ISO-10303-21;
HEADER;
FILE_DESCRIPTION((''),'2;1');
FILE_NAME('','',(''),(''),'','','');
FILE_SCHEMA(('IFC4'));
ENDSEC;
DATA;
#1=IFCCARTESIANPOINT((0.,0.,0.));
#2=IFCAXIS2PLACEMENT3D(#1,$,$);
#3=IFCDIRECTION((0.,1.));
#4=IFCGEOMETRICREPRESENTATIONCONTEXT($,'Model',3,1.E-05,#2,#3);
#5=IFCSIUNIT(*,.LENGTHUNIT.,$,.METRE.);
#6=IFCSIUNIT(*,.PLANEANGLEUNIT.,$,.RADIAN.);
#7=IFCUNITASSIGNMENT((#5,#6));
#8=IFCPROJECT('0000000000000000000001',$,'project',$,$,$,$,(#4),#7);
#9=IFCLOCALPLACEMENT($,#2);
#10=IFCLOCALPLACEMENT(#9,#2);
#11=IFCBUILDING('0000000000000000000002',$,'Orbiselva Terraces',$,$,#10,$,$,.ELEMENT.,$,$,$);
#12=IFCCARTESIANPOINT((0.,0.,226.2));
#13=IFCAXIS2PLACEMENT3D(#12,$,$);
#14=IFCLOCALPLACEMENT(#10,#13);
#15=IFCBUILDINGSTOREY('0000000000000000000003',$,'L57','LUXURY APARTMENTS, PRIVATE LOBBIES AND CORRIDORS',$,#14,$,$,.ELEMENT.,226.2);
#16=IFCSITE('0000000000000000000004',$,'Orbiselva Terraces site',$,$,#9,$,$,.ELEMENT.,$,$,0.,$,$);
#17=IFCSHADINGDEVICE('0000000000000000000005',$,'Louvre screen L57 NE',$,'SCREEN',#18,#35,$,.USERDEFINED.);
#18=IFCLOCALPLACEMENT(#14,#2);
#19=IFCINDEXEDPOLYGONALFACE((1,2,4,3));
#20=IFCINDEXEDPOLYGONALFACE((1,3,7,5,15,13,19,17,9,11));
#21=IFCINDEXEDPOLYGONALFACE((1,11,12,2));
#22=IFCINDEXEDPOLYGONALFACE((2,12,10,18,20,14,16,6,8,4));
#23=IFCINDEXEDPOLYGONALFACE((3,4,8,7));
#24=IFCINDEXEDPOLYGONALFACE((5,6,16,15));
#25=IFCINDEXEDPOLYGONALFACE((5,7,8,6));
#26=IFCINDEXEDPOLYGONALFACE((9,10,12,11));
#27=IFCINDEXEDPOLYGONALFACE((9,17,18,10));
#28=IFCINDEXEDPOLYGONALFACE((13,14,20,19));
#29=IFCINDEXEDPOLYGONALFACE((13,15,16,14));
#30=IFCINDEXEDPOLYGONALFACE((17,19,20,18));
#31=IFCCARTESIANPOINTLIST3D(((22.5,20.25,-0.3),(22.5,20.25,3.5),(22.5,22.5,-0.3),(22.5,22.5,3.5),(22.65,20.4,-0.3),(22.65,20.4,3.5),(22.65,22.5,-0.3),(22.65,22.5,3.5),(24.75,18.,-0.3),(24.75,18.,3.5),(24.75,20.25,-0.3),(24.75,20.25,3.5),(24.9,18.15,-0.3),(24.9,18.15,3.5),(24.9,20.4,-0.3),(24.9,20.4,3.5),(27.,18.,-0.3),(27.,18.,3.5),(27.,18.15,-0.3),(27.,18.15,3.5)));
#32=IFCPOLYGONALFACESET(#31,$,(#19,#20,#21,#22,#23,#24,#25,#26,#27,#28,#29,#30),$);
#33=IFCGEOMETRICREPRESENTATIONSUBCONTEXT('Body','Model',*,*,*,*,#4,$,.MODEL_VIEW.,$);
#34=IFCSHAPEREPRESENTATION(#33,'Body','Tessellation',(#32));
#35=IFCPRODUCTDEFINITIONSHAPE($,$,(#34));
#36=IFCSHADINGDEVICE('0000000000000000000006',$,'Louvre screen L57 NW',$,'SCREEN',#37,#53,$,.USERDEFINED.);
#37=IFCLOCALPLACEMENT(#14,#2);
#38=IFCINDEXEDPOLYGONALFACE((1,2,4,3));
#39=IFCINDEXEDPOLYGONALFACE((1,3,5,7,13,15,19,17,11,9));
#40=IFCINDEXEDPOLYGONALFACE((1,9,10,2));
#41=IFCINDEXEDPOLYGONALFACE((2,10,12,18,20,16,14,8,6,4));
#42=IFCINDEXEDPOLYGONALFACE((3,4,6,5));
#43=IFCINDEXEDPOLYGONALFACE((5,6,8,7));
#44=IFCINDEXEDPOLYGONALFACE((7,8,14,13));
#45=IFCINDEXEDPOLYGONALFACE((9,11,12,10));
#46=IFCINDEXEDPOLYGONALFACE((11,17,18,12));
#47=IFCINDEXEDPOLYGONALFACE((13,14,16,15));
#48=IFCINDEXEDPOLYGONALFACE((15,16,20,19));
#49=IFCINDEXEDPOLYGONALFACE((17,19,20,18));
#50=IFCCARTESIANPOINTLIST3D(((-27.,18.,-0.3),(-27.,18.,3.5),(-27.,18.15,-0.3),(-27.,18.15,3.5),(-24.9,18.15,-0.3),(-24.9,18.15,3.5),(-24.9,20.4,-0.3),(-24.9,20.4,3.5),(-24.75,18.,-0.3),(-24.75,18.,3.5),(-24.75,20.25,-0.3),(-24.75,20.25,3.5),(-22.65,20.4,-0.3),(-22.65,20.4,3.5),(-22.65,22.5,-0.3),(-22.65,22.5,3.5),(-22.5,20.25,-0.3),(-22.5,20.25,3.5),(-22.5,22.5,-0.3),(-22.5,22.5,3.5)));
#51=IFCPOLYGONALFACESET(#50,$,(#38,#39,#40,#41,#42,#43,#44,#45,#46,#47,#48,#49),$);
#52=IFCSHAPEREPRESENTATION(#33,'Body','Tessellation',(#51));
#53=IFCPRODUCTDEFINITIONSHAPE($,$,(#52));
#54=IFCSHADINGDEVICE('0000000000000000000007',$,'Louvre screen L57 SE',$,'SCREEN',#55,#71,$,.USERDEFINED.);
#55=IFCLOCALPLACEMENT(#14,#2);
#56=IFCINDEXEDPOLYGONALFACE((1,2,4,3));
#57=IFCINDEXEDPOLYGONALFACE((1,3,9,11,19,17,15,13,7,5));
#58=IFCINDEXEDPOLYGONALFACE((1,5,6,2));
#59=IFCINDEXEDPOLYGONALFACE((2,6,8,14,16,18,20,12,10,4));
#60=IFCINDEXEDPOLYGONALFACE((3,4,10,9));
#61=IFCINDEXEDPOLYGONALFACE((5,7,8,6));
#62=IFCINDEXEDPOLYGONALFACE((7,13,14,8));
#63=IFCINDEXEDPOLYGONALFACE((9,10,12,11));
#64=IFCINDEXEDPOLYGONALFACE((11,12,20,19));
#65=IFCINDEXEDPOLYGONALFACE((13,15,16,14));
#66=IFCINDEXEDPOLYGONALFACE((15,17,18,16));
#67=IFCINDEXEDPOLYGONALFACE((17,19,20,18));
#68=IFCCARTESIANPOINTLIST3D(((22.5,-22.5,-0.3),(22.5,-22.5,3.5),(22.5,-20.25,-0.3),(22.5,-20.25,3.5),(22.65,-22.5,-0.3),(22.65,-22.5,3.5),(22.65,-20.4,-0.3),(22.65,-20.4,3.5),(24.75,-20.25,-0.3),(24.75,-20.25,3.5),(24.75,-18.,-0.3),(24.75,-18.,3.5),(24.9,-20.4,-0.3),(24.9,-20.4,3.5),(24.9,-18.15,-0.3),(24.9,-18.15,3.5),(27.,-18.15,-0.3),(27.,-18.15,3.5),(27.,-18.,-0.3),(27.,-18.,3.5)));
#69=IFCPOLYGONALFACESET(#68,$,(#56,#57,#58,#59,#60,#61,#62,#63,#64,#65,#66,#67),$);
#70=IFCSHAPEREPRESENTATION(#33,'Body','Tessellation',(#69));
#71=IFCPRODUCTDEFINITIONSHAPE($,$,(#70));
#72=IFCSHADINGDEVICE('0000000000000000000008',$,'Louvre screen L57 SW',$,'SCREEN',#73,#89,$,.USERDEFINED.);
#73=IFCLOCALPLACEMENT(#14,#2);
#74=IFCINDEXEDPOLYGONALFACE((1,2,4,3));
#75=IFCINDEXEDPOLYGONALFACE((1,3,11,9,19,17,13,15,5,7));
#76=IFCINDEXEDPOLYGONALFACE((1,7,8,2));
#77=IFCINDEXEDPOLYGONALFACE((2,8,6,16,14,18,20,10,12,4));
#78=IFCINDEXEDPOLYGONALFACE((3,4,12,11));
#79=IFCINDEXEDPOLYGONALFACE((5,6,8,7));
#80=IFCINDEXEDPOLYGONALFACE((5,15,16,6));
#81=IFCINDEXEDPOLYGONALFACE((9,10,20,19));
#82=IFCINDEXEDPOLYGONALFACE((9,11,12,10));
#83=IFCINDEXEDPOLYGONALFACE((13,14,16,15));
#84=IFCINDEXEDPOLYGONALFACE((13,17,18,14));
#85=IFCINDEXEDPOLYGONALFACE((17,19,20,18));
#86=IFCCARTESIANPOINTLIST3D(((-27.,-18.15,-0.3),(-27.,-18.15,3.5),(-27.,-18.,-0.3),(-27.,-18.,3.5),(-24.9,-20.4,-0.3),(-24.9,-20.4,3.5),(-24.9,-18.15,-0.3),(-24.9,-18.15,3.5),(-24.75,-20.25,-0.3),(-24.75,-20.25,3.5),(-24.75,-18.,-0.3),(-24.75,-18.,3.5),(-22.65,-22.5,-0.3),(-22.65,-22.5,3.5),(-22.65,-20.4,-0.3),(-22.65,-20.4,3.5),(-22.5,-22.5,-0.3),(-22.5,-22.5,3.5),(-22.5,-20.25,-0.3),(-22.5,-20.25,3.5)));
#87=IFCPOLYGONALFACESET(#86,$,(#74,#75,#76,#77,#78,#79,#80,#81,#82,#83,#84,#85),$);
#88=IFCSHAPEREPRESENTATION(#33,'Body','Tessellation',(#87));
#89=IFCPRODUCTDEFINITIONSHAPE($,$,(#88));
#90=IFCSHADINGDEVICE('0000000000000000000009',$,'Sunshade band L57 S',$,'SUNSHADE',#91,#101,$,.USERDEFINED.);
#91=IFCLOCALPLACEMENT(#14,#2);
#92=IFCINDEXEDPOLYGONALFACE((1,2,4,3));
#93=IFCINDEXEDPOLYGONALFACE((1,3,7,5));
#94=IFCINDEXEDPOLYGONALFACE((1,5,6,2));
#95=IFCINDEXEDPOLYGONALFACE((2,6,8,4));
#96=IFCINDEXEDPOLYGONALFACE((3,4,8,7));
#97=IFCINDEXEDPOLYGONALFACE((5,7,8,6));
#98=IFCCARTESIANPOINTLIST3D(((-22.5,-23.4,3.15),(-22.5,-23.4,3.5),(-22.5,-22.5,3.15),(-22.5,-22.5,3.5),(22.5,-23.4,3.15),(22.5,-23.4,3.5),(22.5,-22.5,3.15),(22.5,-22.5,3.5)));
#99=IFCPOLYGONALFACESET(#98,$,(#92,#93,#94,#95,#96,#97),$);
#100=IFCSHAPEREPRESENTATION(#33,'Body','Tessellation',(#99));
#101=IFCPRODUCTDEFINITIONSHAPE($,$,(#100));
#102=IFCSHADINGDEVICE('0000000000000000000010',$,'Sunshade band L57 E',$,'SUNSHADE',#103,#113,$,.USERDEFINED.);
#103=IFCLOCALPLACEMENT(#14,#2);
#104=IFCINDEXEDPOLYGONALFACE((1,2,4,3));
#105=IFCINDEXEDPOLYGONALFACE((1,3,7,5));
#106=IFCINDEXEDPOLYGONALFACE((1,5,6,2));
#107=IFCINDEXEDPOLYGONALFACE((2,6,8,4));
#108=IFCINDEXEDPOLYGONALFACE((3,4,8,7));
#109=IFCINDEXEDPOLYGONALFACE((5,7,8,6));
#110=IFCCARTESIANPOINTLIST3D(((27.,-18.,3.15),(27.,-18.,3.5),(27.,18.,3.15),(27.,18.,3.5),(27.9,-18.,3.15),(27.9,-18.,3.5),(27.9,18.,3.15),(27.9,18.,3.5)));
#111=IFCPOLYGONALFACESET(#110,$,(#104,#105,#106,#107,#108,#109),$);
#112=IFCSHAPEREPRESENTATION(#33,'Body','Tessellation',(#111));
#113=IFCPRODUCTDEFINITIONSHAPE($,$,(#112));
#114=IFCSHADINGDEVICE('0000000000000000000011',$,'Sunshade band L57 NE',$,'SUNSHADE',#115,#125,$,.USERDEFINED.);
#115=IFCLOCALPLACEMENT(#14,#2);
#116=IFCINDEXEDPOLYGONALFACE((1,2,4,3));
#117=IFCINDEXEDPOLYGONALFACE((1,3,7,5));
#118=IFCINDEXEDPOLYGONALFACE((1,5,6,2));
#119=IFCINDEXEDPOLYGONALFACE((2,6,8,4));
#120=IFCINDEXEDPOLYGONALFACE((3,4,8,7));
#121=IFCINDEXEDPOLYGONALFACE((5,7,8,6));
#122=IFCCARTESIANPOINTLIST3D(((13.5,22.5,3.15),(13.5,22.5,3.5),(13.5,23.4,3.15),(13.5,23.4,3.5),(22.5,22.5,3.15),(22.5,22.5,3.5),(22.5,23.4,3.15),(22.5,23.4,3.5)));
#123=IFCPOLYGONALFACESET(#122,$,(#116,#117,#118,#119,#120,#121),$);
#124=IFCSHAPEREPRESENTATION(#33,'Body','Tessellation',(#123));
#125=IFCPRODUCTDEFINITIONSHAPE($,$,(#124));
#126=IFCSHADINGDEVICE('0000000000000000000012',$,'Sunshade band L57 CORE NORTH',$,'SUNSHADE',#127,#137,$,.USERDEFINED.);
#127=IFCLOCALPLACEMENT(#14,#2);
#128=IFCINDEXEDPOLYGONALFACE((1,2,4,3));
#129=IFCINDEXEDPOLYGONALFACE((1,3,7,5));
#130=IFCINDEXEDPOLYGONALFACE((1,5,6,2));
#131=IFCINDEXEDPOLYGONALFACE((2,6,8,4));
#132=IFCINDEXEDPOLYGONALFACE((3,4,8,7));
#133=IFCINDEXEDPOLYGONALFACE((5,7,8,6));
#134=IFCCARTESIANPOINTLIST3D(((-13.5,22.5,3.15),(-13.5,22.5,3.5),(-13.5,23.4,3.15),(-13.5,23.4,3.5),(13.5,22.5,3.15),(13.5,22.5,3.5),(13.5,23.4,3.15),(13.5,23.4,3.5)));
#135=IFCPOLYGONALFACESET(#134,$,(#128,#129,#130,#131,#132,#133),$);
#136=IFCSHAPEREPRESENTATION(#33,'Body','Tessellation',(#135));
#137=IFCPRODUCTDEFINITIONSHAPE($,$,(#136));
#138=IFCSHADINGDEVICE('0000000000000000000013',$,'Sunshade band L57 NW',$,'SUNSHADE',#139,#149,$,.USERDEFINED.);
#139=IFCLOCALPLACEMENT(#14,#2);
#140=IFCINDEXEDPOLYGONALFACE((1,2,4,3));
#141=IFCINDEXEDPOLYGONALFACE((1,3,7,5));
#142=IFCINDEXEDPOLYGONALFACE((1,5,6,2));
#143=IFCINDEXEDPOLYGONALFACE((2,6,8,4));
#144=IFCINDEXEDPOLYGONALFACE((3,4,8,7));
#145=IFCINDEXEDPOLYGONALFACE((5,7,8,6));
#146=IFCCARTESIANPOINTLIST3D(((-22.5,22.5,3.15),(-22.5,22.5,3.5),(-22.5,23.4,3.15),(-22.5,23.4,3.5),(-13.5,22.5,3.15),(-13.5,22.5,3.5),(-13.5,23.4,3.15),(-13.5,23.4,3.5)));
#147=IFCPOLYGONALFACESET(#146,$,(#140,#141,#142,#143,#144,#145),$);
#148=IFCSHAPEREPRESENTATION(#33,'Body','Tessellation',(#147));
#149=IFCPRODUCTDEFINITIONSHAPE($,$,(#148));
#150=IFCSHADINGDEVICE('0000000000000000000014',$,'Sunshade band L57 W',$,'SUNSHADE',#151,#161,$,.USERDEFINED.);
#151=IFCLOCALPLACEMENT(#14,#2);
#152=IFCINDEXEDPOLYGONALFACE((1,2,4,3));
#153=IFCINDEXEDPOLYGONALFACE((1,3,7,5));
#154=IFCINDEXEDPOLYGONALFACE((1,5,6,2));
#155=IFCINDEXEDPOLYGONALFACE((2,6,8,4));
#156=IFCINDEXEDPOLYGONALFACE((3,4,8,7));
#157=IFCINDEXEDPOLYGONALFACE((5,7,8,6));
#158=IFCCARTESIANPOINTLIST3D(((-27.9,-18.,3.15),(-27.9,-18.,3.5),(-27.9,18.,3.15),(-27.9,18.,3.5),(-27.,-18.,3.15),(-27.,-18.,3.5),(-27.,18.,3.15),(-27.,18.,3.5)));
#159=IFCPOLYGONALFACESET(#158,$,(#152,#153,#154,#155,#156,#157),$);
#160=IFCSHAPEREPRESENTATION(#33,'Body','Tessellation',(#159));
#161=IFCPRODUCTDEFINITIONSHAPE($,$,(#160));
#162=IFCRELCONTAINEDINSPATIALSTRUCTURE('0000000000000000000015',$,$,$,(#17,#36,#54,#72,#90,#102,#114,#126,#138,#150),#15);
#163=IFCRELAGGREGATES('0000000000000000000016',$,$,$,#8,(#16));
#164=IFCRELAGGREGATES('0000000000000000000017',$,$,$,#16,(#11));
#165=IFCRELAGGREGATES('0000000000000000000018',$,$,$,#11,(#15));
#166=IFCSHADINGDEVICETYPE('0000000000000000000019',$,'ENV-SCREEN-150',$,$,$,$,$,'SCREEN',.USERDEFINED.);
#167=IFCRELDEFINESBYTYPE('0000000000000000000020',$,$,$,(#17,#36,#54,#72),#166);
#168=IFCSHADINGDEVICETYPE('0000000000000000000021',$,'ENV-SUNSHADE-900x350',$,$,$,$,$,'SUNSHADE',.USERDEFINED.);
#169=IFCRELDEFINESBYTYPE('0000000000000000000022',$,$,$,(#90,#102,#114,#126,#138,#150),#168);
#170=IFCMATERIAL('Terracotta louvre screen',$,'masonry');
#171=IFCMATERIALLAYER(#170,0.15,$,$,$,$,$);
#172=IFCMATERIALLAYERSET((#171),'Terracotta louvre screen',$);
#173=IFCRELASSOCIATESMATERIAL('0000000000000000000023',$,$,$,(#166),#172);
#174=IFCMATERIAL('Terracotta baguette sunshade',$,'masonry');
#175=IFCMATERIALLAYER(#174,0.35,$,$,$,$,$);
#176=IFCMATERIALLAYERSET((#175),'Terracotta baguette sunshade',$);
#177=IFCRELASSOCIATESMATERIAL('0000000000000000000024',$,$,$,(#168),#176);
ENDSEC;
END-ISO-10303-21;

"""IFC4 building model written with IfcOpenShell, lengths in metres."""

from ifc_helpers import new_model, si_unit, direction, frame, origin, place, context, subcontext, project, spatial, polyline, outline, extrude, material, layer, layer_set, type_object, element, save


model = new_model("IFC4")

# Units and contexts
model_context = context("Model", 3, precision=1e-05, world=origin(), true_north=direction((0.0, 1.0)))
body_context = subcontext(model_context, "Body", "Model", "MODEL_VIEW")
ifc_project = project(units=[si_unit("LENGTHUNIT", "METRE"), si_unit("PLANEANGLEUNIT", "RADIAN")], contexts=[model_context])

# Site, building, storey
site_placement = place(None, origin())
site = spatial("IfcSite", under=ifc_project, at=site_placement, Name="Orbiselva Terraces site", CompositionType="ELEMENT", RefElevation=0.0)
building_placement = place(site_placement, origin())
building = spatial("IfcBuilding", under=site, at=building_placement, Name="Orbiselva Terraces", CompositionType="ELEMENT")
storey_placement = place(building_placement, frame((0.0, 0.0, 226.2)))
storey = spatial("IfcBuildingStorey", under=building, at=storey_placement, Name="L57", Description="LUXURY APARTMENTS, PRIVATE LOBBIES AND CORRIDORS", CompositionType="ELEMENT", Elevation=226.2)

# Shading devices
ifc_material_1 = material(Name="Terracotta louvre screen", Category="masonry")
ifc_layer_1 = layer(ifc_material_1, 0.15)
ifc_layer_set_1 = layer_set([ifc_layer_1], Name="Terracotta louvre screen")
shading_device_type_1 = type_object("IfcShadingDeviceType", Name="ENV-SCREEN-150", ElementType="SCREEN", PredefinedType="USERDEFINED", material=ifc_layer_set_1)
shading_device_1_placement = place(storey_placement, frame((0.0, 0.0, -0.3)))
element("IfcShadingDevice", 1, at=shading_device_1_placement, inside=storey, type_object=shading_device_type_1, Name="Louvre screen L57 NE", ObjectType="SCREEN", PredefinedType="USERDEFINED", context=body_context, shape_type="SweptSolid", body=[
    extrude(outline(polyline([(27.0, 18.15), (24.9, 18.15), (24.9, 20.4), (22.65, 20.4), (22.65, 22.5), (22.5, 22.5), (22.5, 20.25), (24.75, 20.25), (24.75, 18.0), (27.0, 18.0), (27.0, 18.15)])), origin(), (0.0, 0.0, 1.0), 3.8),
])
shading_device_2_placement = place(storey_placement, frame((0.0, 0.0, -0.3)))
element("IfcShadingDevice", 2, at=shading_device_2_placement, inside=storey, type_object=shading_device_type_1, Name="Louvre screen L57 NW", ObjectType="SCREEN", PredefinedType="USERDEFINED", context=body_context, shape_type="SweptSolid", body=[
    extrude(outline(polyline([(-22.65, 22.5), (-22.65, 20.4), (-24.9, 20.4), (-24.9, 18.15), (-27.0, 18.15), (-27.0, 18.0), (-24.75, 18.0), (-24.75, 20.25), (-22.5, 20.25), (-22.5, 22.5), (-22.65, 22.5)])), origin(), (0.0, 0.0, 1.0), 3.8),
])
shading_device_3_placement = place(storey_placement, frame((0.0, 0.0, -0.3)))
element("IfcShadingDevice", 3, at=shading_device_3_placement, inside=storey, type_object=shading_device_type_1, Name="Louvre screen L57 SE", ObjectType="SCREEN", PredefinedType="USERDEFINED", context=body_context, shape_type="SweptSolid", body=[
    extrude(outline(polyline([(22.65, -22.5), (22.65, -20.4), (24.9, -20.4), (24.9, -18.15), (27.0, -18.15), (27.0, -18.0), (24.75, -18.0), (24.75, -20.25), (22.5, -20.25), (22.5, -22.5), (22.65, -22.5)])), origin(), (0.0, 0.0, 1.0), 3.8),
])
shading_device_4_placement = place(storey_placement, frame((0.0, 0.0, -0.3)))
element("IfcShadingDevice", 4, at=shading_device_4_placement, inside=storey, type_object=shading_device_type_1, Name="Louvre screen L57 SW", ObjectType="SCREEN", PredefinedType="USERDEFINED", context=body_context, shape_type="SweptSolid", body=[
    extrude(outline(polyline([(-27.0, -18.15), (-24.9, -18.15), (-24.9, -20.4), (-22.65, -20.4), (-22.65, -22.5), (-22.5, -22.5), (-22.5, -20.25), (-24.75, -20.25), (-24.75, -18.0), (-27.0, -18.0), (-27.0, -18.15)])), origin(), (0.0, 0.0, 1.0), 3.8),
])
ifc_material_2 = material(Name="Terracotta baguette sunshade", Category="masonry")
ifc_layer_2 = layer(ifc_material_2, 0.35)
ifc_layer_set_2 = layer_set([ifc_layer_2], Name="Terracotta baguette sunshade")
shading_device_type_2 = type_object("IfcShadingDeviceType", Name="ENV-SUNSHADE-900x350", ElementType="SUNSHADE", PredefinedType="USERDEFINED", material=ifc_layer_set_2)
shading_device_5_placement = place(storey_placement, frame((0.0, 0.0, 3.15)))
element("IfcShadingDevice", 5, at=shading_device_5_placement, inside=storey, type_object=shading_device_type_2, Name="Sunshade band L57 S", ObjectType="SUNSHADE", PredefinedType="USERDEFINED", context=body_context, shape_type="SweptSolid", body=[
    extrude(outline(polyline([(-22.5, -23.4), (22.5, -23.4), (22.5, -22.5), (-22.5, -22.5), (-22.5, -23.4)])), origin(), (0.0, 0.0, 1.0), 0.35),
])
shading_device_6_placement = place(storey_placement, frame((0.0, 0.0, 3.15)))
element("IfcShadingDevice", 6, at=shading_device_6_placement, inside=storey, type_object=shading_device_type_2, Name="Sunshade band L57 E", ObjectType="SUNSHADE", PredefinedType="USERDEFINED", context=body_context, shape_type="SweptSolid", body=[
    extrude(outline(polyline([(27.9, -18.0), (27.9, 18.0), (27.0, 18.0), (27.0, -18.0), (27.9, -18.0)])), origin(), (0.0, 0.0, 1.0), 0.35),
])
shading_device_7_placement = place(storey_placement, frame((0.0, 0.0, 3.15)))
element("IfcShadingDevice", 7, at=shading_device_7_placement, inside=storey, type_object=shading_device_type_2, Name="Sunshade band L57 NE", ObjectType="SUNSHADE", PredefinedType="USERDEFINED", context=body_context, shape_type="SweptSolid", body=[
    extrude(outline(polyline([(22.5, 23.4), (13.5, 23.4), (13.5, 22.5), (22.5, 22.5), (22.5, 23.4)])), origin(), (0.0, 0.0, 1.0), 0.35),
])
shading_device_8_placement = place(storey_placement, frame((0.0, 0.0, 3.15)))
element("IfcShadingDevice", 8, at=shading_device_8_placement, inside=storey, type_object=shading_device_type_2, Name="Sunshade band L57 CORE NORTH", ObjectType="SUNSHADE", PredefinedType="USERDEFINED", context=body_context, shape_type="SweptSolid", body=[
    extrude(outline(polyline([(13.5, 23.4), (-13.5, 23.4), (-13.5, 22.5), (13.5, 22.5), (13.5, 23.4)])), origin(), (0.0, 0.0, 1.0), 0.35),
])
shading_device_9_placement = place(storey_placement, frame((0.0, 0.0, 3.15)))
element("IfcShadingDevice", 9, at=shading_device_9_placement, inside=storey, type_object=shading_device_type_2, Name="Sunshade band L57 NW", ObjectType="SUNSHADE", PredefinedType="USERDEFINED", context=body_context, shape_type="SweptSolid", body=[
    extrude(outline(polyline([(-13.5, 23.4), (-22.5, 23.4), (-22.5, 22.5), (-13.5, 22.5), (-13.5, 23.4)])), origin(), (0.0, 0.0, 1.0), 0.35),
])
shading_device_10_placement = place(storey_placement, frame((0.0, 0.0, 3.15)))
element("IfcShadingDevice", 10, at=shading_device_10_placement, inside=storey, type_object=shading_device_type_2, Name="Sunshade band L57 W", ObjectType="SUNSHADE", PredefinedType="USERDEFINED", context=body_context, shape_type="SweptSolid", body=[
    extrude(outline(polyline([(-27.9, 18.0), (-27.9, -18.0), (-27.0, -18.0), (-27.0, 18.0), (-27.9, 18.0)])), origin(), (0.0, 0.0, 1.0), 0.35),
])

save(model, "model.ifc")
